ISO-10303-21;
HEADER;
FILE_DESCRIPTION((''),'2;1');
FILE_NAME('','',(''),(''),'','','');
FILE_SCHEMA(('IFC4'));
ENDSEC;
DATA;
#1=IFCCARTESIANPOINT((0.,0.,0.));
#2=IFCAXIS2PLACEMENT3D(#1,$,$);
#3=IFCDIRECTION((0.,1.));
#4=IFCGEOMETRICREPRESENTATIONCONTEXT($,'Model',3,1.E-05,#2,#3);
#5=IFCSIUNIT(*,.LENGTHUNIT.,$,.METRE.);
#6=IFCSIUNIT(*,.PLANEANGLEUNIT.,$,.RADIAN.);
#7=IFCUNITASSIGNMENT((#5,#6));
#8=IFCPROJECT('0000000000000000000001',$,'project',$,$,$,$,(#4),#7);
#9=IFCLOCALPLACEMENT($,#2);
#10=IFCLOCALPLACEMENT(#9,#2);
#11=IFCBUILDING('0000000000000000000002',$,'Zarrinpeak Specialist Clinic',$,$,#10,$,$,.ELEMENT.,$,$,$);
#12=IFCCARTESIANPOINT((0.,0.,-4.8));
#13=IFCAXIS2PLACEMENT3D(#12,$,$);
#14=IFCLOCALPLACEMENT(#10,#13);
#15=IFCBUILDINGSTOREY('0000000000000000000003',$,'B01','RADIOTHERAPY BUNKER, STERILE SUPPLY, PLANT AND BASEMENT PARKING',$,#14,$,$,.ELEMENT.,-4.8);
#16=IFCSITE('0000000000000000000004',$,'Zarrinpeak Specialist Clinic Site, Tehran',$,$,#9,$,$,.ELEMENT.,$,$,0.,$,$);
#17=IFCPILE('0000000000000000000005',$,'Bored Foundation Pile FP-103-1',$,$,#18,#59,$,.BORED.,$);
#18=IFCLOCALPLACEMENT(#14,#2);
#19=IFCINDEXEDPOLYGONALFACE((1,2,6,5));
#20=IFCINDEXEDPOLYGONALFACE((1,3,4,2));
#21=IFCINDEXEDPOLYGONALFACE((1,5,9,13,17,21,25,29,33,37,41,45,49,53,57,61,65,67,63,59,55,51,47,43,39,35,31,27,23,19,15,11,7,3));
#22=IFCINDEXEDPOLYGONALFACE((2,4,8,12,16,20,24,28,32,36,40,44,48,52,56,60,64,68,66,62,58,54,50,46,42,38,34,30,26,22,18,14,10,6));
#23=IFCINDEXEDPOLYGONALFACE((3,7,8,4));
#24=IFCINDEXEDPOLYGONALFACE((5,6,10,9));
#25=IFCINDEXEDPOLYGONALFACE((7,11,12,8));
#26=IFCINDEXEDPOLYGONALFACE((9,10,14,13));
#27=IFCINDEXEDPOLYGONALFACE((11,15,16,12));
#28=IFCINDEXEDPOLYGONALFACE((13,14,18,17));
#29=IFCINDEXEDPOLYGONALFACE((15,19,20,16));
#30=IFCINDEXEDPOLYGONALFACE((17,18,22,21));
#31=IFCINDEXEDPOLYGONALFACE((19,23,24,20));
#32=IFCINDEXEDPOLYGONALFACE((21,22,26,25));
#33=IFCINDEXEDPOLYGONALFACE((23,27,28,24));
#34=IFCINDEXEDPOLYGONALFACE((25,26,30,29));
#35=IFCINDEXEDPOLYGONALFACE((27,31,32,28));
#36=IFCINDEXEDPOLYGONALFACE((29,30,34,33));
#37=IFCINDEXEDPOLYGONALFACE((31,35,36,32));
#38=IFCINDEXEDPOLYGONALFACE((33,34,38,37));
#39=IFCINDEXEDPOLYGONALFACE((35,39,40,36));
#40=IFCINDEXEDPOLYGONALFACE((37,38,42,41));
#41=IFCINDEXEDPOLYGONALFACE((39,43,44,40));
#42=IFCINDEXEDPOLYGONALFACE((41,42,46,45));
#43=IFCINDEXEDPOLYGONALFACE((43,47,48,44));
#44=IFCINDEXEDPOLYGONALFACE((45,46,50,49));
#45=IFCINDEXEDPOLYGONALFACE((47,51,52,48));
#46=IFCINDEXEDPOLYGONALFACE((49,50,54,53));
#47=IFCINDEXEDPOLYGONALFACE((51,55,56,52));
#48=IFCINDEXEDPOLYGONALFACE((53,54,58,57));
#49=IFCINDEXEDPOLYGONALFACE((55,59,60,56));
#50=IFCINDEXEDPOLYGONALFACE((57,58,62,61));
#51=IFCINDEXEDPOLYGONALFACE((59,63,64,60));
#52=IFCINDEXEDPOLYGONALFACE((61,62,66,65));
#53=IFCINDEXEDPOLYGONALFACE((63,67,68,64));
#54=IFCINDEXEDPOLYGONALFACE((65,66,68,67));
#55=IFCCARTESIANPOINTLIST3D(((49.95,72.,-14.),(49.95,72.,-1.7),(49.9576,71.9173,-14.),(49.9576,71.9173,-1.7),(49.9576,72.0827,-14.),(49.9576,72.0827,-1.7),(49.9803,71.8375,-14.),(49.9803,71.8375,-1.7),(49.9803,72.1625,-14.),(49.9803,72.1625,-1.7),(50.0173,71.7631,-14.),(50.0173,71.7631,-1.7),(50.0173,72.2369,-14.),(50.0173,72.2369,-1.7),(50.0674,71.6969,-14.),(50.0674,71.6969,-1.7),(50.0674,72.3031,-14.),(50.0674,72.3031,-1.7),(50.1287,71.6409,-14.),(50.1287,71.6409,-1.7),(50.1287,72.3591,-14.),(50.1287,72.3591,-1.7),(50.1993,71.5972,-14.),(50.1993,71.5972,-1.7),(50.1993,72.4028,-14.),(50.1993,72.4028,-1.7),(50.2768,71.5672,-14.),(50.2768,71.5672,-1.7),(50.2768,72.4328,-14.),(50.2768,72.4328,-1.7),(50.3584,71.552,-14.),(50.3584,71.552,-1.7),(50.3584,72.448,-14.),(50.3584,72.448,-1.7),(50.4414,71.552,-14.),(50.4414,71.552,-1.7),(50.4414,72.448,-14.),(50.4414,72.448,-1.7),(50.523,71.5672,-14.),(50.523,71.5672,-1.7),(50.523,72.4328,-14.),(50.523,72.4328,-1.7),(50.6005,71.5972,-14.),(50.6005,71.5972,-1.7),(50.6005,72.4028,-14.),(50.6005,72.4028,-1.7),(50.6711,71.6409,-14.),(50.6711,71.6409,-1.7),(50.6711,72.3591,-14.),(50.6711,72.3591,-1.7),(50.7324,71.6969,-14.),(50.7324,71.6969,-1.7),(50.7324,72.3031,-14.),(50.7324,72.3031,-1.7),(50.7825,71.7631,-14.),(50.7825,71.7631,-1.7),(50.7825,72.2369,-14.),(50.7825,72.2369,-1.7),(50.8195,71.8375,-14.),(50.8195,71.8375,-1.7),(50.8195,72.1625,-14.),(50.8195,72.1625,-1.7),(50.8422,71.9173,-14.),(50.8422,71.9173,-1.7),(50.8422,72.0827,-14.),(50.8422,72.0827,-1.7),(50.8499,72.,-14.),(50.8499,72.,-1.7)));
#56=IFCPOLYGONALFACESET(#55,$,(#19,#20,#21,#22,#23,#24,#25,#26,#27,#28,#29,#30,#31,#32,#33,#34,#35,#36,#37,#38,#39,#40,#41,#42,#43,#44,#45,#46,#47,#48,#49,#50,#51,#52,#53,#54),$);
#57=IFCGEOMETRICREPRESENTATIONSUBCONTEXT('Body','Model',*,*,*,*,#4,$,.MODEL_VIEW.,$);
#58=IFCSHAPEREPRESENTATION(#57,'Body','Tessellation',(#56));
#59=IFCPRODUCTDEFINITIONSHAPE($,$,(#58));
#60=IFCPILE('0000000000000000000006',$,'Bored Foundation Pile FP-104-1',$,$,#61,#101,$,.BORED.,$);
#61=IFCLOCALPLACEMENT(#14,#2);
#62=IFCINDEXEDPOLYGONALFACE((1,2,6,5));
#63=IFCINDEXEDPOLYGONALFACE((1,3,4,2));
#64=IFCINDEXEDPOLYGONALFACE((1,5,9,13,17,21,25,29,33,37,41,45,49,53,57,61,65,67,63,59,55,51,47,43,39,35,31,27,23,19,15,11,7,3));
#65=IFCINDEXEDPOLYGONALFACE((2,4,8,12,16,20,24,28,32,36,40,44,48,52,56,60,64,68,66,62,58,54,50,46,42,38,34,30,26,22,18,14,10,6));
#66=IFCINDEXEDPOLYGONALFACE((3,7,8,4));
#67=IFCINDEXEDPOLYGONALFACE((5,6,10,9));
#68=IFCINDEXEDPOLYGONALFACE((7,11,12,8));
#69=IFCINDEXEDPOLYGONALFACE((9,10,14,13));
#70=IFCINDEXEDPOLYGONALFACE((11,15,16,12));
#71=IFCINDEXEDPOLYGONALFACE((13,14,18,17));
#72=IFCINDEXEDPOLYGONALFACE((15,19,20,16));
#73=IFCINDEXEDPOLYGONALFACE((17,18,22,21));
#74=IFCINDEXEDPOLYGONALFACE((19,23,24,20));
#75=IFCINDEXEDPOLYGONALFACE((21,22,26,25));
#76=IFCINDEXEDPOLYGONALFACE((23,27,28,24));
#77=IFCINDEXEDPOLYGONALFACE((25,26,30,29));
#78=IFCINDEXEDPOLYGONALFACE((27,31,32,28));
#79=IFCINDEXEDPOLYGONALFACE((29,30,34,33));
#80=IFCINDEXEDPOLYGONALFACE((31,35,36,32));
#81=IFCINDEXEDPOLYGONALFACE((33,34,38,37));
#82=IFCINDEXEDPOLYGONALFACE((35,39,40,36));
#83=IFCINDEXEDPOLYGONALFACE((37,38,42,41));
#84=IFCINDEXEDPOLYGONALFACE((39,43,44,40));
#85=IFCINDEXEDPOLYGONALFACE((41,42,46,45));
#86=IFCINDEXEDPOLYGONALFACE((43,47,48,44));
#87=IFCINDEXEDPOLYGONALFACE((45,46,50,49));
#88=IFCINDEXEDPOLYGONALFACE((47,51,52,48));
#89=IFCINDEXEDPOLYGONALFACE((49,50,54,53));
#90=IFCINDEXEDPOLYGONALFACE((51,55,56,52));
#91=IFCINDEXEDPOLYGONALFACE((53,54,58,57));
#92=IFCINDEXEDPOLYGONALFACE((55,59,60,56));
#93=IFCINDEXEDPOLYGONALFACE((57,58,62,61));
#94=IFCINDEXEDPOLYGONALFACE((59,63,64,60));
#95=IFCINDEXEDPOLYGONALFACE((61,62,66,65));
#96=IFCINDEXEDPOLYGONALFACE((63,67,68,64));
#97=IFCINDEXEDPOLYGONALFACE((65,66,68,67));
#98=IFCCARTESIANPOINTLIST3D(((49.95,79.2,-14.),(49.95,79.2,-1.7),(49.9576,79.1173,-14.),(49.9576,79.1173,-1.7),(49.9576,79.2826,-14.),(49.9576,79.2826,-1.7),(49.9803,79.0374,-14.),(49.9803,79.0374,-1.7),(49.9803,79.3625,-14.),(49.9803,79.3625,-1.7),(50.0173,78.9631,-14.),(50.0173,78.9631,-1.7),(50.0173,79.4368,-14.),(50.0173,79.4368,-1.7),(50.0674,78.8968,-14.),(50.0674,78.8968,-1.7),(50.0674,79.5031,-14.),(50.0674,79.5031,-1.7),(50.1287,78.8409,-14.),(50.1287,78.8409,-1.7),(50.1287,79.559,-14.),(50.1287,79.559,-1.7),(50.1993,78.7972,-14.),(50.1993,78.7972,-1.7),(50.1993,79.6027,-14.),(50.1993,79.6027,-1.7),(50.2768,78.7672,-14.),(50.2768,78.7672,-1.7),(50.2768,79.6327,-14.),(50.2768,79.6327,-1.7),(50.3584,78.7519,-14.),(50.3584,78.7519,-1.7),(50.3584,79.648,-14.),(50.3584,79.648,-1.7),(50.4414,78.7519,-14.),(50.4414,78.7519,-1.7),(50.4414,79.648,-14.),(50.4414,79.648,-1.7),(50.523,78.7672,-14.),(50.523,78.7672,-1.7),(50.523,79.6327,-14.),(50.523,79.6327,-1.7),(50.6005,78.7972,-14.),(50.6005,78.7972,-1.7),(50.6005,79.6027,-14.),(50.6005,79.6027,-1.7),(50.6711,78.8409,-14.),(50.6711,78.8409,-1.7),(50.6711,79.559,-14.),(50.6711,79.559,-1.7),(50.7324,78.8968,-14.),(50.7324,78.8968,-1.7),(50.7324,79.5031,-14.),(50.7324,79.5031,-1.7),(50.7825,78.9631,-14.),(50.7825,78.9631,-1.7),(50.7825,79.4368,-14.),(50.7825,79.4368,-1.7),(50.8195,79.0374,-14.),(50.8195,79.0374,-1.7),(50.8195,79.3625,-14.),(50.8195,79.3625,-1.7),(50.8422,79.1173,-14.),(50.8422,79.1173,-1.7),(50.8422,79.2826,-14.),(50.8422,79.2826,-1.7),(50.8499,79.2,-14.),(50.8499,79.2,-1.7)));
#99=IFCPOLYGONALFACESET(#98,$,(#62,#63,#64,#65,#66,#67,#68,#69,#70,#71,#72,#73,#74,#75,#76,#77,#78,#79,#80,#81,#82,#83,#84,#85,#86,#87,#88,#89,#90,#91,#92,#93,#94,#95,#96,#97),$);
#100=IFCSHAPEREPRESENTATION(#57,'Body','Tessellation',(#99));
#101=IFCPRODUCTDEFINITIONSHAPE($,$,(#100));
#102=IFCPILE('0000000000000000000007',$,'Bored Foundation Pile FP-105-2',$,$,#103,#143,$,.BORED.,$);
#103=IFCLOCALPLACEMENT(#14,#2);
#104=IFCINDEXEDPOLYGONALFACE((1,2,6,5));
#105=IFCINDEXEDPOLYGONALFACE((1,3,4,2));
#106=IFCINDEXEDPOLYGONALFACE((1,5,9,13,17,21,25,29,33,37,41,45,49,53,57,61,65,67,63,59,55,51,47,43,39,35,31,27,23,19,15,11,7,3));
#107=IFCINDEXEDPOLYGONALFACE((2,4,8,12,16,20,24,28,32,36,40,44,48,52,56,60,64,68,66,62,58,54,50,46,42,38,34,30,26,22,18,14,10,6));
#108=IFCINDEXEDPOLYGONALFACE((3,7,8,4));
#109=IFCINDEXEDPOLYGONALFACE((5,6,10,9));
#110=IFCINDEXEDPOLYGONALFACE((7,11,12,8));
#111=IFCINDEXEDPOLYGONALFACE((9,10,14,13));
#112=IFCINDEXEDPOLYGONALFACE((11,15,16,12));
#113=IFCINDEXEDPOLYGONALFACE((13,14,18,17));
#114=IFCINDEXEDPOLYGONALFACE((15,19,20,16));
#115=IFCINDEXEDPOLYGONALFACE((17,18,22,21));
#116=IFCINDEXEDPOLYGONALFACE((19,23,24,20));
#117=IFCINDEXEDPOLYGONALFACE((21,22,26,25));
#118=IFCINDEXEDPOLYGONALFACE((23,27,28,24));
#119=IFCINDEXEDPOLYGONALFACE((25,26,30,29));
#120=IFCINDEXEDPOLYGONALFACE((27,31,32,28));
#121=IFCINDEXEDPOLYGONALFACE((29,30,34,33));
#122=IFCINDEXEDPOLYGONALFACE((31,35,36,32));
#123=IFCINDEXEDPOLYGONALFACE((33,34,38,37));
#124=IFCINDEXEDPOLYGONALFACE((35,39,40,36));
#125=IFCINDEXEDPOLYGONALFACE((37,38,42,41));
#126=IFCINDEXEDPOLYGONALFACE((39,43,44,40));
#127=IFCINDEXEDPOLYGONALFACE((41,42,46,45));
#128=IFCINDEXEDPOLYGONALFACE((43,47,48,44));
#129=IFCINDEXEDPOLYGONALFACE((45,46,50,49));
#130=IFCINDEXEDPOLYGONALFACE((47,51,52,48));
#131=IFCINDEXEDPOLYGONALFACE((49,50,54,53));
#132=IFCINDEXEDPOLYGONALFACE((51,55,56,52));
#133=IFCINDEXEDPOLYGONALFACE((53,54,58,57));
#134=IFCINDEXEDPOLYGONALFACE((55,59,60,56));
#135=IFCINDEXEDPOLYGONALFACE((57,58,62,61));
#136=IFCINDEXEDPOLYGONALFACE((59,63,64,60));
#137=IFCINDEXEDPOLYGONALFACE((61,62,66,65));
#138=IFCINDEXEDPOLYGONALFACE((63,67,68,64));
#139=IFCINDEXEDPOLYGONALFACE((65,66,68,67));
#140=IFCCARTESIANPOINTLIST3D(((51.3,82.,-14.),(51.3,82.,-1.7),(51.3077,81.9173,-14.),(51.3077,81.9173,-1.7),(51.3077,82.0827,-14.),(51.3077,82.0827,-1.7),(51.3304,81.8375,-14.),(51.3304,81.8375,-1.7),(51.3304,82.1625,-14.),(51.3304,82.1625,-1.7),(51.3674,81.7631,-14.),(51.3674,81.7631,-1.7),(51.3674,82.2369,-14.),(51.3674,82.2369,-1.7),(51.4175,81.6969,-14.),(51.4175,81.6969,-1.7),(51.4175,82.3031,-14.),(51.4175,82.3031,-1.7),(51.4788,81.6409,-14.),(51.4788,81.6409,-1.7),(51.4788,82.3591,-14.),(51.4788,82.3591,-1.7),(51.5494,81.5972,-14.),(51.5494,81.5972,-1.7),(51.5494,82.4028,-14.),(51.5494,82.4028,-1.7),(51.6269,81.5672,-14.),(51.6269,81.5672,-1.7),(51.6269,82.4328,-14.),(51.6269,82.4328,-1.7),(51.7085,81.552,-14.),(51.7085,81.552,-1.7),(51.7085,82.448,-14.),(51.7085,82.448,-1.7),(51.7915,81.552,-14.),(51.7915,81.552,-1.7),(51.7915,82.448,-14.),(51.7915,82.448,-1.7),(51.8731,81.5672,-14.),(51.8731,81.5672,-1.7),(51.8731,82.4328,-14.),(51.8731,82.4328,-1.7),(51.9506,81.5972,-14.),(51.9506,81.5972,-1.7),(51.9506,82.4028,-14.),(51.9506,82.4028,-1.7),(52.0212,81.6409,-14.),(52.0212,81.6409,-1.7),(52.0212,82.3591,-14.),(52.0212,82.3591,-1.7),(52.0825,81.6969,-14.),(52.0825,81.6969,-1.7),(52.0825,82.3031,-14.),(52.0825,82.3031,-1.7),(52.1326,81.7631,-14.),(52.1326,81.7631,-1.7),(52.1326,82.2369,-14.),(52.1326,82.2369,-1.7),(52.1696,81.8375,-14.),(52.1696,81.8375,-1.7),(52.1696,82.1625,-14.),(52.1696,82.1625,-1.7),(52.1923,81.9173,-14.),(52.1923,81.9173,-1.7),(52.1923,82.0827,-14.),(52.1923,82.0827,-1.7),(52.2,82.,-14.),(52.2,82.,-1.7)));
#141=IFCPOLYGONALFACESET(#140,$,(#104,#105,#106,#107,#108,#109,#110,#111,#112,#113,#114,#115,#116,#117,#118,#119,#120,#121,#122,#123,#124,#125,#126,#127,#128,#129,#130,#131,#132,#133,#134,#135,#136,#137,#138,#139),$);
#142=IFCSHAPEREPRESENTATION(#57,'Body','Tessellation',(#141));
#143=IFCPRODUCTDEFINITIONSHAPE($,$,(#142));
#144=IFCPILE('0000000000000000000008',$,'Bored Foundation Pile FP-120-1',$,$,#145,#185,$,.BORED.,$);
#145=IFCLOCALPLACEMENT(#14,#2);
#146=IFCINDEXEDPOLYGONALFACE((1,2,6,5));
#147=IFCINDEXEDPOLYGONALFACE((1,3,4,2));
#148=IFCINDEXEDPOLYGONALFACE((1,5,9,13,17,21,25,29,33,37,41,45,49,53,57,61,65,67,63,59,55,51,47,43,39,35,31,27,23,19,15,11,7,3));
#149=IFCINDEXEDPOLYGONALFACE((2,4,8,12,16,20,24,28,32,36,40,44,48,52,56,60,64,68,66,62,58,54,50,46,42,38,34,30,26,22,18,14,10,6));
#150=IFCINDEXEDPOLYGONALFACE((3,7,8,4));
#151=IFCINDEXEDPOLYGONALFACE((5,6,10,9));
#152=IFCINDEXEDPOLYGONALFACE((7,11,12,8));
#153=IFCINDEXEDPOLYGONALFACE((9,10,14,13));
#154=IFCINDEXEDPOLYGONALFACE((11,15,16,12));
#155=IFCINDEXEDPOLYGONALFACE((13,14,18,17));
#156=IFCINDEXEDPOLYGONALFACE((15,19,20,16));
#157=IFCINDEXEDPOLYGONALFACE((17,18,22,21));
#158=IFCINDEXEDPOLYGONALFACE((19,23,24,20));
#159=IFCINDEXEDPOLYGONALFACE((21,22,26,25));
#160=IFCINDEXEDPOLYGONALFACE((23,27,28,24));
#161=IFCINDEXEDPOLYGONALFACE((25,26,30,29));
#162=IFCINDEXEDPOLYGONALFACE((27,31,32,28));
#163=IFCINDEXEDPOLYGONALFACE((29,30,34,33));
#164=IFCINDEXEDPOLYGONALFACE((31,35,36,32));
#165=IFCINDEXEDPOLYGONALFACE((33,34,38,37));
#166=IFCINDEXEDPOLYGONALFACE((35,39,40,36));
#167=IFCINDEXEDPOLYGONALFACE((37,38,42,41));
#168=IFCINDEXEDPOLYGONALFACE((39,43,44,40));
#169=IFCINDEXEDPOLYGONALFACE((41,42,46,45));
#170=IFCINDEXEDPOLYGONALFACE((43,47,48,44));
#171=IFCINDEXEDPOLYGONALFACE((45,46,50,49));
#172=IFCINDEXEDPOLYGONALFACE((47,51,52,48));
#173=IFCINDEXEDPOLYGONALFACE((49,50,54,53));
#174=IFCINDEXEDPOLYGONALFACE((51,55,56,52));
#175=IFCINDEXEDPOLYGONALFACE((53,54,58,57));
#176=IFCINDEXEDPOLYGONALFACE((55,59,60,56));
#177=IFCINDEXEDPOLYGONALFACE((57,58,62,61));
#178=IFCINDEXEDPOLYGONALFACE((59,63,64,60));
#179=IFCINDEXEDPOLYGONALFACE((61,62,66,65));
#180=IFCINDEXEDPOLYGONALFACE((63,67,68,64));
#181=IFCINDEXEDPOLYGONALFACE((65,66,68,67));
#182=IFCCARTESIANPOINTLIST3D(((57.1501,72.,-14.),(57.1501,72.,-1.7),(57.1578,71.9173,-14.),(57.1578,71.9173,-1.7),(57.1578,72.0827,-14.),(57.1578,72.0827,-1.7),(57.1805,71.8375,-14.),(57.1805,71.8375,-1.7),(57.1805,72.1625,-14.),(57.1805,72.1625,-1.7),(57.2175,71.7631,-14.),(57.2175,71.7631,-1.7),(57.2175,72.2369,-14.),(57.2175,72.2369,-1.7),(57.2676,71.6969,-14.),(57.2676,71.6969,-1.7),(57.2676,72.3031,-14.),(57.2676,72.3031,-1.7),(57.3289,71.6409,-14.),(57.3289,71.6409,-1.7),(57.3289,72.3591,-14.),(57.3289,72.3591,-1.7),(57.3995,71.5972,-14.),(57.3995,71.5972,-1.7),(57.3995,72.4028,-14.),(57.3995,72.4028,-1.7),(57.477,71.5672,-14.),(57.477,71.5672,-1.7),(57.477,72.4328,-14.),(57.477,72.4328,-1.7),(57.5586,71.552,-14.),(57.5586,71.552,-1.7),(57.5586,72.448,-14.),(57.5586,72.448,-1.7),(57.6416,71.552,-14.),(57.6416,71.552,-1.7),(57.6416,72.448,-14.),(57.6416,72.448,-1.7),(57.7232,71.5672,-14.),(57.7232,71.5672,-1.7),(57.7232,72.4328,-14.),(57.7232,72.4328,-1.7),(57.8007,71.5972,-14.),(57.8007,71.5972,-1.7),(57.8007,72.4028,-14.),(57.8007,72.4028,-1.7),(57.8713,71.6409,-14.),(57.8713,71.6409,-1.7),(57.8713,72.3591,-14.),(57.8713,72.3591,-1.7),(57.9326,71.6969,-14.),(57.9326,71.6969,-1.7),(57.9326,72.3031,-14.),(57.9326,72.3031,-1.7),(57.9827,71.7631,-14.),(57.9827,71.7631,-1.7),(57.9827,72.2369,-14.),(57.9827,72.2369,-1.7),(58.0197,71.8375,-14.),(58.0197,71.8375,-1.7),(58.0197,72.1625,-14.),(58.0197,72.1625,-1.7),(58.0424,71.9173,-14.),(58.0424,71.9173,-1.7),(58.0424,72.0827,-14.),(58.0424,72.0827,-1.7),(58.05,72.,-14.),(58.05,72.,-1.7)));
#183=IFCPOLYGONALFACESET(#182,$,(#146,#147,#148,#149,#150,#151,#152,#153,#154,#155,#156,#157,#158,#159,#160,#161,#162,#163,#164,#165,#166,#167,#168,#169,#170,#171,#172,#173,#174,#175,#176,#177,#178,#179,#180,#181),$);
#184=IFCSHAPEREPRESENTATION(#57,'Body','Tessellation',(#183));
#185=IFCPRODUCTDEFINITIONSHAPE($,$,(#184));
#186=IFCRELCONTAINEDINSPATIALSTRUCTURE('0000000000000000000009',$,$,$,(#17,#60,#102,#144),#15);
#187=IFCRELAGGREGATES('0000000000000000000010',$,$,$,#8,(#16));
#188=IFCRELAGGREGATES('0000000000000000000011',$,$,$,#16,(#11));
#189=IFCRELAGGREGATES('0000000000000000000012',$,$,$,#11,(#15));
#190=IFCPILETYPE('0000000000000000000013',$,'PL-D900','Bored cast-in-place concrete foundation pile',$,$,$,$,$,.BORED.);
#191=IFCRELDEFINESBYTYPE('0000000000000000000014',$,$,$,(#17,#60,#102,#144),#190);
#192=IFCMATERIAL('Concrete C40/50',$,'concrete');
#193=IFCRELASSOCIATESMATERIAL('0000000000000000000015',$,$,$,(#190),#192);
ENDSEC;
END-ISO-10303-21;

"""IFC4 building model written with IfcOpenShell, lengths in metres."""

from ifc_helpers import new_model, si_unit, direction, frame, origin, origin_2d, place, context, subcontext, project, spatial, circle, extrude, material, material_profile, profile_set, type_object, element, save


model = new_model("IFC4")

# Units and contexts
model_context = context("Model", 3, precision=1e-05, world=origin(), true_north=direction((0.0, 1.0)))
body_context = subcontext(model_context, "Body", "Model", "MODEL_VIEW")
ifc_project = project(units=[si_unit("LENGTHUNIT", "METRE"), si_unit("PLANEANGLEUNIT", "RADIAN")], contexts=[model_context])

# Site, building, storey
site_placement = place(None, origin())
site = spatial("IfcSite", under=ifc_project, at=site_placement, Name="Zarrinpeak Specialist Clinic Site, Tehran", CompositionType="ELEMENT", RefElevation=0.0)
building_placement = place(site_placement, origin())
building = spatial("IfcBuilding", under=site, at=building_placement, Name="Zarrinpeak Specialist Clinic", CompositionType="ELEMENT")
storey_placement = place(building_placement, frame((0.0, 0.0, -4.8)))
storey = spatial("IfcBuildingStorey", under=building, at=storey_placement, Name="B01", Description="RADIOTHERAPY BUNKER, STERILE SUPPLY, PLANT AND BASEMENT PARKING", CompositionType="ELEMENT", Elevation=-4.8)

# Shared definitions
ifc_material_1 = material(Name="Concrete C40/50", Category="concrete")

# Piles
ifc_material_profile_1 = material_profile(ifc_material_1, circle(Radius=0.45, at=origin_2d()), Name="BORED PILE D900")
ifc_profile_set_1 = profile_set([ifc_material_profile_1], Name="Concrete C40/50")
pile_type = type_object("IfcPileType", Name="PL-D900", Description="Bored cast-in-place concrete foundation pile", PredefinedType="BORED", material=ifc_profile_set_1)
for number, where, z_axis, x_axis, name in (
    (1, (50.3999, 72.0, -1.7), (0.0, 0.0, -1.0), (1.0, 0.0, 0.0), "Bored Foundation Pile FP-103-1"),
    (2, (50.3999, 79.2, -1.7), (0.0, 0.0, -1.0), (1.0, 0.0, 0.0), "Bored Foundation Pile FP-104-1"),
    (3, (51.75, 82.0, -1.7), (0.0, 0.0, -1.0), (1.0, 0.0, 0.0), "Bored Foundation Pile FP-105-2"),
    (4, (57.6001, 72.0, -1.7), (0.0, 0.0, -1.0), (1.0, 0.0, 0.0), "Bored Foundation Pile FP-120-1"),
):
    element("IfcPile", number, at=place(storey_placement, frame(where, z_axis=z_axis, x_axis=x_axis)), inside=storey, type_object=pile_type, Name=name, PredefinedType="BORED", context=body_context, shape_type="SweptSolid", body=[
        extrude(circle(Radius=0.45, at=origin_2d()), origin(), (0.0, 0.0, 1.0), 12.3),
    ])

save(model, "model.ifc")
